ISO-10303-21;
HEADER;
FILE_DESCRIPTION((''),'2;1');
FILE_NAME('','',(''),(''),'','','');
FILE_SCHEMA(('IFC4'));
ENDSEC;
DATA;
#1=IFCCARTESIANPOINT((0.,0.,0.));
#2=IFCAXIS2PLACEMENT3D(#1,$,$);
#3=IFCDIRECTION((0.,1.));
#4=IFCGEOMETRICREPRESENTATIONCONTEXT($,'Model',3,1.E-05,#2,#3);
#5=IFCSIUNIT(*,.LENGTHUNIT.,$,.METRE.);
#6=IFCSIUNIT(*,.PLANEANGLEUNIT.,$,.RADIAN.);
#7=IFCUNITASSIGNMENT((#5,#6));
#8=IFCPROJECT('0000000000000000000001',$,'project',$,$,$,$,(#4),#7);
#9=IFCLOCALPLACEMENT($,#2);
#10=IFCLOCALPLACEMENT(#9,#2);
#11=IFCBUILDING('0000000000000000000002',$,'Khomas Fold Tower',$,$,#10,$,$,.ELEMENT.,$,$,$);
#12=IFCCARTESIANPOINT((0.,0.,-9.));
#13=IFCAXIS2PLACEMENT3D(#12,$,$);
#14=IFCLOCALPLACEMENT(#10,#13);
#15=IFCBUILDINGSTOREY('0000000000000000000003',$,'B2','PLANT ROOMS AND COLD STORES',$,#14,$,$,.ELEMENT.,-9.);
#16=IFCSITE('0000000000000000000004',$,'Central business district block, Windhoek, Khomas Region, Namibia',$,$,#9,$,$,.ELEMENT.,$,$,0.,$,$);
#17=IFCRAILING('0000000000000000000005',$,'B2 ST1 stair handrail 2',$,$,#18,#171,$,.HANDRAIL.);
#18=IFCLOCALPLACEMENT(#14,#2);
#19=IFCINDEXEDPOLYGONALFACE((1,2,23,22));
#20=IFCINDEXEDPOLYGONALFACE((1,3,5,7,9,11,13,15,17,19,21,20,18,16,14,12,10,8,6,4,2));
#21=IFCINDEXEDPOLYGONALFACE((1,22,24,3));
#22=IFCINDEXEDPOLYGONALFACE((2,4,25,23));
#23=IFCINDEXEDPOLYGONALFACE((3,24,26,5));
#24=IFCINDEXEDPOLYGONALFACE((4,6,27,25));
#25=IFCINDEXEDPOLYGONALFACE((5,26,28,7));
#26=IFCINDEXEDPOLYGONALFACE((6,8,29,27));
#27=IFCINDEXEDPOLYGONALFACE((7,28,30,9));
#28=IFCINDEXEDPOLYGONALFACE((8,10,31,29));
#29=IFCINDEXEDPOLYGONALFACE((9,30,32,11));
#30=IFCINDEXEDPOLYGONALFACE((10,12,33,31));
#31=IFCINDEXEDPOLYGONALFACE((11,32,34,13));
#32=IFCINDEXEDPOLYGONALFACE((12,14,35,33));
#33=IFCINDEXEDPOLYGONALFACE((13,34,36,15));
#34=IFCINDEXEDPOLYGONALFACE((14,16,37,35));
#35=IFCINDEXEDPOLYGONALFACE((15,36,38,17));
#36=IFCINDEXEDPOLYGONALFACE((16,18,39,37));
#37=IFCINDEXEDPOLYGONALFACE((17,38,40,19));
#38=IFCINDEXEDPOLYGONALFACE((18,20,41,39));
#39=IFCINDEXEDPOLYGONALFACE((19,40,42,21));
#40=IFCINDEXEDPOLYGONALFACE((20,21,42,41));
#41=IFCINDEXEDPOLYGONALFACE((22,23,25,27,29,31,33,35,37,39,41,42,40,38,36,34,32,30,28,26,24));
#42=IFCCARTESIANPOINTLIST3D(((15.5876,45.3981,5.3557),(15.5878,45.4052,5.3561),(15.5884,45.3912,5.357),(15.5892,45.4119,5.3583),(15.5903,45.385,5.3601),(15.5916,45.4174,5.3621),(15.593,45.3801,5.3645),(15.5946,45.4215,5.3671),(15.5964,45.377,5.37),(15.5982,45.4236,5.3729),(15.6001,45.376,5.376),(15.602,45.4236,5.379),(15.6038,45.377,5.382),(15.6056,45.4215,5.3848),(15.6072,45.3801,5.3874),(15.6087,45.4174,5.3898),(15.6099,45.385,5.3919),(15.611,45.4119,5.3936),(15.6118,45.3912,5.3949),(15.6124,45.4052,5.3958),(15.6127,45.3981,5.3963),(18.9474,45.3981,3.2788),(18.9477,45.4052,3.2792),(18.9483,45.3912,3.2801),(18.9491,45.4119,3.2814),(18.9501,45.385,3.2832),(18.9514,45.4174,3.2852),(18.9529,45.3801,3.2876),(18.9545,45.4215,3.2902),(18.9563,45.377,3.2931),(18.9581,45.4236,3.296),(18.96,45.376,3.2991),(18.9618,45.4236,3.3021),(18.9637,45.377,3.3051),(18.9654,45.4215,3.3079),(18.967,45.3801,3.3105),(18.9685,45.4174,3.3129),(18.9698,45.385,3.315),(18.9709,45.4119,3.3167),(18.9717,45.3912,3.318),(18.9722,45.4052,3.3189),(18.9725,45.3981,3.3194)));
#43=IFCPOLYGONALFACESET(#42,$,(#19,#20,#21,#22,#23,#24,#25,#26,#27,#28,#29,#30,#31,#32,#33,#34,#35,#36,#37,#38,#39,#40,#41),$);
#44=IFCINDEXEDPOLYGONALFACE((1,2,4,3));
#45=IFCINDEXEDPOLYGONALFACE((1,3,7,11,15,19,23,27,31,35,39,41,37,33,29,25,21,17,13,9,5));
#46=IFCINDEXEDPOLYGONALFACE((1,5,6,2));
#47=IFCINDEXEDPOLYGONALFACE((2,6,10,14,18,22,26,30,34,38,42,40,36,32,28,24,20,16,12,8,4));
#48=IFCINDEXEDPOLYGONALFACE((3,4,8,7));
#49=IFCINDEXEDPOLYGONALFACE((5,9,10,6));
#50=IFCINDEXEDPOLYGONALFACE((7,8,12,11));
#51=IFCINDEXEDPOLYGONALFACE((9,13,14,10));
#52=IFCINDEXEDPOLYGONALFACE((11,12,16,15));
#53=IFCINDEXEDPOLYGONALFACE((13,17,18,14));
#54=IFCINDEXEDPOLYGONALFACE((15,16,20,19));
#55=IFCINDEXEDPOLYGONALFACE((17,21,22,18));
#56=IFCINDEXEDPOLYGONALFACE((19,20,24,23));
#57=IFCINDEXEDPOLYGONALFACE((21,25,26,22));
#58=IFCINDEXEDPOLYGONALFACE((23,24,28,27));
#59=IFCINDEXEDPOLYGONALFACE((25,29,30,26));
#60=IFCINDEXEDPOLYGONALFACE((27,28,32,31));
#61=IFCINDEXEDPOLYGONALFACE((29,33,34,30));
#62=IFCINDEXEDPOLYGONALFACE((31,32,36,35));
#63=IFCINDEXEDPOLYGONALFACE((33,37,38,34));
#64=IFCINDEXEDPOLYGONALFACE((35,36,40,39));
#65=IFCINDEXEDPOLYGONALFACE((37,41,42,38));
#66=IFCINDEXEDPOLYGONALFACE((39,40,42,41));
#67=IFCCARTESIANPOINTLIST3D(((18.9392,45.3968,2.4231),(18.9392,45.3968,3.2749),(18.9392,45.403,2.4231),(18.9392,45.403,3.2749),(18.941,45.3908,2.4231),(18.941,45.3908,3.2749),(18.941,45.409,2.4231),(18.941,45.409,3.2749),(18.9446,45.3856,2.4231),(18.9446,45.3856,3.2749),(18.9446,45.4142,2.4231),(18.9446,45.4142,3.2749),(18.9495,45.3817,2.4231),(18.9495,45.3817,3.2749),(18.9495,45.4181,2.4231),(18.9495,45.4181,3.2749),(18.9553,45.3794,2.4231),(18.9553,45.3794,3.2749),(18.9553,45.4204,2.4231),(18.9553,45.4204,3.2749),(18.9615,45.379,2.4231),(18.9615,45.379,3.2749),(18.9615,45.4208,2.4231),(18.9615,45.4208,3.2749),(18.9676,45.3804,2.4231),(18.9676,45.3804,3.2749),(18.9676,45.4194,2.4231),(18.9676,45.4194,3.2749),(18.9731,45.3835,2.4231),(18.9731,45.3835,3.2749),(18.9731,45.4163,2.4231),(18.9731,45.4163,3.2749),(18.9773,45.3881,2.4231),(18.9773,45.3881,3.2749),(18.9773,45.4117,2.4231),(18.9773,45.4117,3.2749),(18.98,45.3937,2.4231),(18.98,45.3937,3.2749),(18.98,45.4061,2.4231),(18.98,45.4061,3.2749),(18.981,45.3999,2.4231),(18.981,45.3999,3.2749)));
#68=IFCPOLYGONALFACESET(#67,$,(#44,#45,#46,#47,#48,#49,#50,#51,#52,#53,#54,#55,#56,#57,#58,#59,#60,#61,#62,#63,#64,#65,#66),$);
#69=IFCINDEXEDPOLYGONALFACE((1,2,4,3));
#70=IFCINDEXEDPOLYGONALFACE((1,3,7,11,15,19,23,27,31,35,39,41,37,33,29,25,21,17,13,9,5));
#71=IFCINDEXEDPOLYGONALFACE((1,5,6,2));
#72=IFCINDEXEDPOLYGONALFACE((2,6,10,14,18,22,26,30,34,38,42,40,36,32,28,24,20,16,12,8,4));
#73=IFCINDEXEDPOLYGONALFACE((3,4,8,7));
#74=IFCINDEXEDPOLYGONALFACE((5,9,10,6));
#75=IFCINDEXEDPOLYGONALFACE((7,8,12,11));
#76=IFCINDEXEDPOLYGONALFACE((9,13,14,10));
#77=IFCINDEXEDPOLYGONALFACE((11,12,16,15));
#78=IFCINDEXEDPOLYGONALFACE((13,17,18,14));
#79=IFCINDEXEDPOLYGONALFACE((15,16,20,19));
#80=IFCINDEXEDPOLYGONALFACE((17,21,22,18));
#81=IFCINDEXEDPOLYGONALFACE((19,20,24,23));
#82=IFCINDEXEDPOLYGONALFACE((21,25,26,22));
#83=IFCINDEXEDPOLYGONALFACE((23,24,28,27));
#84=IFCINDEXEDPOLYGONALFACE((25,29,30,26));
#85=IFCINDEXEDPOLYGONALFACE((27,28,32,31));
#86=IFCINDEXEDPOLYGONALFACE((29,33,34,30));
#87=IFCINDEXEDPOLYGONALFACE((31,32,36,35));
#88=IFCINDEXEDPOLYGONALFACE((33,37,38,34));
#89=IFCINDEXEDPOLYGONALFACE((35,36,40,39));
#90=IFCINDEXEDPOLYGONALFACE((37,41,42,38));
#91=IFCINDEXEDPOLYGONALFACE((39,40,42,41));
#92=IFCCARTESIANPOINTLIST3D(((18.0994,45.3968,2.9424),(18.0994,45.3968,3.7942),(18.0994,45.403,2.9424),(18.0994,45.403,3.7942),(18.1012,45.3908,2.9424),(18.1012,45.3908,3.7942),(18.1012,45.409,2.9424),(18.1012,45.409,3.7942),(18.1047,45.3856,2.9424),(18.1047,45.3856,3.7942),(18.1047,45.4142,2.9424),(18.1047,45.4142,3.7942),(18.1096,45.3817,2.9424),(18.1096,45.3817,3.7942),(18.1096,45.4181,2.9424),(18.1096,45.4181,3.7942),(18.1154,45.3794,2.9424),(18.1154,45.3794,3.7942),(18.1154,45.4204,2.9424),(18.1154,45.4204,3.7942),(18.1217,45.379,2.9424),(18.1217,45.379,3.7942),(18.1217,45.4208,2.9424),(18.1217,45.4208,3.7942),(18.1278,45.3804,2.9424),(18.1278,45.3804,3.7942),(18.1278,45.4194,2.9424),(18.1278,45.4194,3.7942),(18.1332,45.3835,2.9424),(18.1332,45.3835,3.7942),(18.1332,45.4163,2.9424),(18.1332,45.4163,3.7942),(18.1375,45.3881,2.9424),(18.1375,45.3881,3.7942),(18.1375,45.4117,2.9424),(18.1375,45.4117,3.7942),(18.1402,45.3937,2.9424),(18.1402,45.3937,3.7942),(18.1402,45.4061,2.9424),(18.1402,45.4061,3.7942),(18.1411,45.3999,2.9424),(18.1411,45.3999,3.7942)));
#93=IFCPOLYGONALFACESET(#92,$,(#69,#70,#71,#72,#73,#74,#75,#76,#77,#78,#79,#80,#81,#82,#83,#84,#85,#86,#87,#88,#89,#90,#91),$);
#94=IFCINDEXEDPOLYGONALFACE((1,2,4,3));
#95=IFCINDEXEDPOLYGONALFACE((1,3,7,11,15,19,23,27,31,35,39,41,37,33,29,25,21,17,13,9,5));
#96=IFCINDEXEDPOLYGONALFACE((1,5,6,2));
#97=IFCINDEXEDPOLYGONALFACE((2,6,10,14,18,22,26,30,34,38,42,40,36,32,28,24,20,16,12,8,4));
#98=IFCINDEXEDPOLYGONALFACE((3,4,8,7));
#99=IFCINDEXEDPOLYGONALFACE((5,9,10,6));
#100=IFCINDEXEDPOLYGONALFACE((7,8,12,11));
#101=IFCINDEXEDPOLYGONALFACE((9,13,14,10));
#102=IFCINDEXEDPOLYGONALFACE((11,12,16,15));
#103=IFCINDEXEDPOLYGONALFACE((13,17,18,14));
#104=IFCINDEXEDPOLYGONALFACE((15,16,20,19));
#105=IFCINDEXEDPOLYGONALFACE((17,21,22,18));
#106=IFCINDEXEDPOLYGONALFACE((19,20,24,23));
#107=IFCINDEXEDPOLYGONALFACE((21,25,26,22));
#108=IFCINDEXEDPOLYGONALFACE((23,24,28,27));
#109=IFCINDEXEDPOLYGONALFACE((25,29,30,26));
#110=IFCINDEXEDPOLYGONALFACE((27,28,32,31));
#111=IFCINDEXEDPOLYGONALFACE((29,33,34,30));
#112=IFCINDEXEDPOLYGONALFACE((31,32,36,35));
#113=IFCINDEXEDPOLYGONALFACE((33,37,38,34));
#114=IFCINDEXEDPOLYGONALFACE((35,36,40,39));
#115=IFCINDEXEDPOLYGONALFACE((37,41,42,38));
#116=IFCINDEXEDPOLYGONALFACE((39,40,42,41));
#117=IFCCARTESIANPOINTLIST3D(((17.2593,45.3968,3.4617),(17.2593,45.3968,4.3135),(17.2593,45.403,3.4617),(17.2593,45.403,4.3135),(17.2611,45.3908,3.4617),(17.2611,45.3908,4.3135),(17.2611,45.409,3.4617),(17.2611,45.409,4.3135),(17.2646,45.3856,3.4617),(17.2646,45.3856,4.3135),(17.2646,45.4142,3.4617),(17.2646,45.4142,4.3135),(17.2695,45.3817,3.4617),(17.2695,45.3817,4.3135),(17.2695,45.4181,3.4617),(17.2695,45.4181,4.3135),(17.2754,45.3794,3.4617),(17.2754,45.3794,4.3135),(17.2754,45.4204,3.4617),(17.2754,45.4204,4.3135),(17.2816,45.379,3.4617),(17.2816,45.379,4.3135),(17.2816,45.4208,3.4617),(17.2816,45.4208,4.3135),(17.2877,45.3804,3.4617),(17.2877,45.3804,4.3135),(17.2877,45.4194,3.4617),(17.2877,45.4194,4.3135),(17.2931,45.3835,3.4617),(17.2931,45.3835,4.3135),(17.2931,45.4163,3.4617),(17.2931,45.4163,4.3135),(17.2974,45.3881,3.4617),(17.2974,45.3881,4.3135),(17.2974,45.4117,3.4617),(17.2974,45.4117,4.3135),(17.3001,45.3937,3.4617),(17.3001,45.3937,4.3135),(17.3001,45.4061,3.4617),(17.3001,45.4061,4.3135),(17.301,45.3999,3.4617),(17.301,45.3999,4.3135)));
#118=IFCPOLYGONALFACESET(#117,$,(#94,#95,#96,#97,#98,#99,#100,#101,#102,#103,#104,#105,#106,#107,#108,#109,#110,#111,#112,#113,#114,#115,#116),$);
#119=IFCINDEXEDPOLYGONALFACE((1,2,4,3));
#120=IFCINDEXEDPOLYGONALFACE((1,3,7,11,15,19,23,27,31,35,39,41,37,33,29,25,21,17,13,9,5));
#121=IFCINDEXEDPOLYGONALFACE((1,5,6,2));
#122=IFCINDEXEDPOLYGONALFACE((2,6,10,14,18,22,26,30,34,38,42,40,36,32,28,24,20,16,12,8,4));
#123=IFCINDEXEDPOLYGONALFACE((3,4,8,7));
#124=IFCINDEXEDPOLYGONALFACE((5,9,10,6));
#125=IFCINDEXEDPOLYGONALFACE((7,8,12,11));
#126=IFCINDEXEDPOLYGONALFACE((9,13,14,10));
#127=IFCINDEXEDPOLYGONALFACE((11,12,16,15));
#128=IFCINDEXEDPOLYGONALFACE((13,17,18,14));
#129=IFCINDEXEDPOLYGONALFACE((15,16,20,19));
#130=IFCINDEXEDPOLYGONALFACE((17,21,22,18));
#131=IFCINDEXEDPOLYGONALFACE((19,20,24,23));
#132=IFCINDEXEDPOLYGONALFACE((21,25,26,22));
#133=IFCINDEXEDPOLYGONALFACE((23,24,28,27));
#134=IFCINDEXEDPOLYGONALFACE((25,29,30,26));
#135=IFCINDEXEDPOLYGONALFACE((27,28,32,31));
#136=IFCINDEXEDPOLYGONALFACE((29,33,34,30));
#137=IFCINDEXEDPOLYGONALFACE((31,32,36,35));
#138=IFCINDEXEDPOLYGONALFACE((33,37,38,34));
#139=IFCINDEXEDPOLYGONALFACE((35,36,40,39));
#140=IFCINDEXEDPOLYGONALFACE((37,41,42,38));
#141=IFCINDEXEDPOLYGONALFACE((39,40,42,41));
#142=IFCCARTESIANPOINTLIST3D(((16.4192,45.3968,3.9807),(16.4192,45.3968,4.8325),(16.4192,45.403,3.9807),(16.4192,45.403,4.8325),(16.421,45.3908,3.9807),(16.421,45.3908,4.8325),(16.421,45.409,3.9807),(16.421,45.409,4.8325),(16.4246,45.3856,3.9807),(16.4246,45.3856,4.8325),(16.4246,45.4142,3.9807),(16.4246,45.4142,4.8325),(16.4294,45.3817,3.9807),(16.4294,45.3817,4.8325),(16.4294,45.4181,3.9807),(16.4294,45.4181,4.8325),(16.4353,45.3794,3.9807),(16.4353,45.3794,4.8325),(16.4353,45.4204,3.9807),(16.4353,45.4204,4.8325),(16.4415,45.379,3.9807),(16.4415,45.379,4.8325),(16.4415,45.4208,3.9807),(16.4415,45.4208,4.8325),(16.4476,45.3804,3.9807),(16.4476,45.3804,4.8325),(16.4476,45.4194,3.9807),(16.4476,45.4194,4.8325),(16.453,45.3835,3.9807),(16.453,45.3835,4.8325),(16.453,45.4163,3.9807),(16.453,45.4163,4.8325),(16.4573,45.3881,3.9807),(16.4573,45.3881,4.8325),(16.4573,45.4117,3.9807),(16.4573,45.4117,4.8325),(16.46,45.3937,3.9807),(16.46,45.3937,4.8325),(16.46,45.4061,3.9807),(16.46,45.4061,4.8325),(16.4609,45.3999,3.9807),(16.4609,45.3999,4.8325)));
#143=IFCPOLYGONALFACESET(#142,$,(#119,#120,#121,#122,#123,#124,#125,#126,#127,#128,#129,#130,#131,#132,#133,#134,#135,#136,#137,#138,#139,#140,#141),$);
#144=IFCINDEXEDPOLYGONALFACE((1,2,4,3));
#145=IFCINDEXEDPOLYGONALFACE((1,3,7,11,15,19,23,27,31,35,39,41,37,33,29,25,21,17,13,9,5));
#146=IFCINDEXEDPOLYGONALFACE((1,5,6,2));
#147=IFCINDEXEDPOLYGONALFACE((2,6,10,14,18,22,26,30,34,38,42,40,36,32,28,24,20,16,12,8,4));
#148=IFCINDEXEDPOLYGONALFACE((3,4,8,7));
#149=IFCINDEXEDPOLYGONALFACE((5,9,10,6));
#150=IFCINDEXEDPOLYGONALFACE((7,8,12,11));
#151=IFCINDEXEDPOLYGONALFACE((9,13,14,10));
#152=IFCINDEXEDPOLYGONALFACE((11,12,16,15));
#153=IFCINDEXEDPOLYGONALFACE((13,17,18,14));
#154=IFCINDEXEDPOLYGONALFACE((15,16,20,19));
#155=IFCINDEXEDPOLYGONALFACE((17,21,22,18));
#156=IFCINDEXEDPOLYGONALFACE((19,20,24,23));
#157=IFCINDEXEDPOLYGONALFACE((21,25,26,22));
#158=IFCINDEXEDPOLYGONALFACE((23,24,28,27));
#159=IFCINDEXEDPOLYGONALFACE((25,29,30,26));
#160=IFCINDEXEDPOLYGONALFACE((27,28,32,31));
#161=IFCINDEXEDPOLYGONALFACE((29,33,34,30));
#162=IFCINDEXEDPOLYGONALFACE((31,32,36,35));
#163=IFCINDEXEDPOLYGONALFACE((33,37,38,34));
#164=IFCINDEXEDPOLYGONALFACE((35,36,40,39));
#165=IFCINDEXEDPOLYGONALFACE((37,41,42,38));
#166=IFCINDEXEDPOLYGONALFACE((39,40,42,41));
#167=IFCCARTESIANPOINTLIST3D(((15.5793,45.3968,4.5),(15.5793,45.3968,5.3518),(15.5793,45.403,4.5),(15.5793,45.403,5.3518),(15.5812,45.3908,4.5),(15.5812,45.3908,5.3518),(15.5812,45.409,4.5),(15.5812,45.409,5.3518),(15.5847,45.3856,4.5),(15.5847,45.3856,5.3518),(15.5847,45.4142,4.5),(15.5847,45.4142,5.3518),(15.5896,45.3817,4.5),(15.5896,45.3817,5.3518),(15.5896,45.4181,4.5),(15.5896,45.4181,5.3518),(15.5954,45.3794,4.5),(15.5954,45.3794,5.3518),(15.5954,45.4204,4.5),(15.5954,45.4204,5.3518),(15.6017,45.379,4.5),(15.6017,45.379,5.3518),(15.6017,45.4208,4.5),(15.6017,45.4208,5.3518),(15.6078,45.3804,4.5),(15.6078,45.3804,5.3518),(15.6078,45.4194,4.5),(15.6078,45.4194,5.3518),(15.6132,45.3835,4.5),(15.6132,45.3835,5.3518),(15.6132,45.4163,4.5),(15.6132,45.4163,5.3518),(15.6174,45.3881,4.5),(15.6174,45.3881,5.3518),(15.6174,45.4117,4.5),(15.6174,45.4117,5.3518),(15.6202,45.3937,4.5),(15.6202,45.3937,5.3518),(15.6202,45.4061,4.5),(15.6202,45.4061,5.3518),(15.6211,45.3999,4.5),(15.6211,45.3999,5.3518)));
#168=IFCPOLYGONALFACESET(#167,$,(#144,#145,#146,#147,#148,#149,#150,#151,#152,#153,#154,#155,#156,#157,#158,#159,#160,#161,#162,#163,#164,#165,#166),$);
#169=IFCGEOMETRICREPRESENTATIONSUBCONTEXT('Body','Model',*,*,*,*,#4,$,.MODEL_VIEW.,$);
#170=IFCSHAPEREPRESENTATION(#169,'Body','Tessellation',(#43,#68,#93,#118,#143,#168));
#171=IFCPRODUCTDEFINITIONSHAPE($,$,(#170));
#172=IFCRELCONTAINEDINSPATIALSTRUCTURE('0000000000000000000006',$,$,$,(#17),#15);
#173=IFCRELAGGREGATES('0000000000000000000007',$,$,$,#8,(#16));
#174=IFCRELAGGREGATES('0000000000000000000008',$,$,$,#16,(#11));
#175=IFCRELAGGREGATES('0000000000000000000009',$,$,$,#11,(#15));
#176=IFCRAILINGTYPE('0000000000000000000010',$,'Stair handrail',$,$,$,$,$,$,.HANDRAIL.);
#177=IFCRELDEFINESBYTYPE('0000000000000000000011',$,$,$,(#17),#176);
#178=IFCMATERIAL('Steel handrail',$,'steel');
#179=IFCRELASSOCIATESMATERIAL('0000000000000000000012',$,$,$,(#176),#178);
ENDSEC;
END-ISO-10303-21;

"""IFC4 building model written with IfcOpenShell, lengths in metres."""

from ifc_helpers import new_model, si_unit, direction, frame, origin, origin_2d, place, context, subcontext, project, spatial, circle, extrude, source, transform, mapped, material, type_object, element, save


model = new_model("IFC4")

# Units and contexts
model_context = context("Model", 3, precision=1e-05, world=origin(), true_north=direction((0.0, 1.0)))
body_context = subcontext(model_context, "Body", "Model", "MODEL_VIEW")
ifc_project = project(units=[si_unit("LENGTHUNIT", "METRE"), si_unit("PLANEANGLEUNIT", "RADIAN")], contexts=[model_context])

# Site, building, storey
site_placement = place(None, origin())
site = spatial("IfcSite", under=ifc_project, at=site_placement, Name="Central business district block, Windhoek, Khomas Region, Namibia", CompositionType="ELEMENT", RefElevation=0.0)
building_placement = place(site_placement, origin())
building = spatial("IfcBuilding", under=site, at=building_placement, Name="Khomas Fold Tower", CompositionType="ELEMENT")
storey_placement = place(building_placement, frame((0.0, 0.0, -9.0)))
storey = spatial("IfcBuildingStorey", under=building, at=storey_placement, Name="B2", Description="PLANT ROOMS AND COLD STORES", CompositionType="ELEMENT", Elevation=-9.0)

# Railing
ifc_material_1 = material(Name="Steel handrail", Category="steel")
railing_type_1 = type_object("IfcRailingType", Name="Stair handrail", PredefinedType="HANDRAIL", material=ifc_material_1)
shared_shape_1 = source(origin(), body_context, "Body", "SweptSolid", [
    extrude(circle(Radius=0.0239, at=origin_2d()), frame((0.0, 0.0, 0.876), z_axis=(-0.850606, 0.0, 0.525803), x_axis=(0.0, -1.0, 0.0)), (0.0, 0.0, 1.0), 3.95),
    extrude(circle(Radius=0.021, at=origin_2d()), origin(), (0.0, 0.0, 1.0), 0.8518),
    extrude(circle(Radius=0.021, at=origin_2d()), frame((-0.8398, 0.0, 0.5193)), (0.0, 0.0, 1.0), 0.8518),
    extrude(circle(Radius=0.021, at=origin_2d()), frame((-1.6799, 0.0, 1.0386)), (0.0, 0.0, 1.0), 0.8518),
    extrude(circle(Radius=0.021, at=origin_2d()), frame((-2.52, 0.0, 1.5576)), (0.0, 0.0, 1.0), 0.8518),
    extrude(circle(Radius=0.021, at=origin_2d()), frame((-3.3599, 0.0, 2.0769)), (0.0, 0.0, 1.0), 0.8518),
])
railing_1_placement = place(storey_placement, frame((18.96, 45.3999, 2.4231)))
element("IfcRailing", 1, at=railing_1_placement, inside=storey, type_object=railing_type_1, Name="B2 ST1 stair handrail 2", PredefinedType="HANDRAIL", context=body_context, shape_type="MappedRepresentation", body=[
    mapped(shared_shape_1, transform((0.0, 0.0, 0.0))),
])

save(model, "model.ifc")
